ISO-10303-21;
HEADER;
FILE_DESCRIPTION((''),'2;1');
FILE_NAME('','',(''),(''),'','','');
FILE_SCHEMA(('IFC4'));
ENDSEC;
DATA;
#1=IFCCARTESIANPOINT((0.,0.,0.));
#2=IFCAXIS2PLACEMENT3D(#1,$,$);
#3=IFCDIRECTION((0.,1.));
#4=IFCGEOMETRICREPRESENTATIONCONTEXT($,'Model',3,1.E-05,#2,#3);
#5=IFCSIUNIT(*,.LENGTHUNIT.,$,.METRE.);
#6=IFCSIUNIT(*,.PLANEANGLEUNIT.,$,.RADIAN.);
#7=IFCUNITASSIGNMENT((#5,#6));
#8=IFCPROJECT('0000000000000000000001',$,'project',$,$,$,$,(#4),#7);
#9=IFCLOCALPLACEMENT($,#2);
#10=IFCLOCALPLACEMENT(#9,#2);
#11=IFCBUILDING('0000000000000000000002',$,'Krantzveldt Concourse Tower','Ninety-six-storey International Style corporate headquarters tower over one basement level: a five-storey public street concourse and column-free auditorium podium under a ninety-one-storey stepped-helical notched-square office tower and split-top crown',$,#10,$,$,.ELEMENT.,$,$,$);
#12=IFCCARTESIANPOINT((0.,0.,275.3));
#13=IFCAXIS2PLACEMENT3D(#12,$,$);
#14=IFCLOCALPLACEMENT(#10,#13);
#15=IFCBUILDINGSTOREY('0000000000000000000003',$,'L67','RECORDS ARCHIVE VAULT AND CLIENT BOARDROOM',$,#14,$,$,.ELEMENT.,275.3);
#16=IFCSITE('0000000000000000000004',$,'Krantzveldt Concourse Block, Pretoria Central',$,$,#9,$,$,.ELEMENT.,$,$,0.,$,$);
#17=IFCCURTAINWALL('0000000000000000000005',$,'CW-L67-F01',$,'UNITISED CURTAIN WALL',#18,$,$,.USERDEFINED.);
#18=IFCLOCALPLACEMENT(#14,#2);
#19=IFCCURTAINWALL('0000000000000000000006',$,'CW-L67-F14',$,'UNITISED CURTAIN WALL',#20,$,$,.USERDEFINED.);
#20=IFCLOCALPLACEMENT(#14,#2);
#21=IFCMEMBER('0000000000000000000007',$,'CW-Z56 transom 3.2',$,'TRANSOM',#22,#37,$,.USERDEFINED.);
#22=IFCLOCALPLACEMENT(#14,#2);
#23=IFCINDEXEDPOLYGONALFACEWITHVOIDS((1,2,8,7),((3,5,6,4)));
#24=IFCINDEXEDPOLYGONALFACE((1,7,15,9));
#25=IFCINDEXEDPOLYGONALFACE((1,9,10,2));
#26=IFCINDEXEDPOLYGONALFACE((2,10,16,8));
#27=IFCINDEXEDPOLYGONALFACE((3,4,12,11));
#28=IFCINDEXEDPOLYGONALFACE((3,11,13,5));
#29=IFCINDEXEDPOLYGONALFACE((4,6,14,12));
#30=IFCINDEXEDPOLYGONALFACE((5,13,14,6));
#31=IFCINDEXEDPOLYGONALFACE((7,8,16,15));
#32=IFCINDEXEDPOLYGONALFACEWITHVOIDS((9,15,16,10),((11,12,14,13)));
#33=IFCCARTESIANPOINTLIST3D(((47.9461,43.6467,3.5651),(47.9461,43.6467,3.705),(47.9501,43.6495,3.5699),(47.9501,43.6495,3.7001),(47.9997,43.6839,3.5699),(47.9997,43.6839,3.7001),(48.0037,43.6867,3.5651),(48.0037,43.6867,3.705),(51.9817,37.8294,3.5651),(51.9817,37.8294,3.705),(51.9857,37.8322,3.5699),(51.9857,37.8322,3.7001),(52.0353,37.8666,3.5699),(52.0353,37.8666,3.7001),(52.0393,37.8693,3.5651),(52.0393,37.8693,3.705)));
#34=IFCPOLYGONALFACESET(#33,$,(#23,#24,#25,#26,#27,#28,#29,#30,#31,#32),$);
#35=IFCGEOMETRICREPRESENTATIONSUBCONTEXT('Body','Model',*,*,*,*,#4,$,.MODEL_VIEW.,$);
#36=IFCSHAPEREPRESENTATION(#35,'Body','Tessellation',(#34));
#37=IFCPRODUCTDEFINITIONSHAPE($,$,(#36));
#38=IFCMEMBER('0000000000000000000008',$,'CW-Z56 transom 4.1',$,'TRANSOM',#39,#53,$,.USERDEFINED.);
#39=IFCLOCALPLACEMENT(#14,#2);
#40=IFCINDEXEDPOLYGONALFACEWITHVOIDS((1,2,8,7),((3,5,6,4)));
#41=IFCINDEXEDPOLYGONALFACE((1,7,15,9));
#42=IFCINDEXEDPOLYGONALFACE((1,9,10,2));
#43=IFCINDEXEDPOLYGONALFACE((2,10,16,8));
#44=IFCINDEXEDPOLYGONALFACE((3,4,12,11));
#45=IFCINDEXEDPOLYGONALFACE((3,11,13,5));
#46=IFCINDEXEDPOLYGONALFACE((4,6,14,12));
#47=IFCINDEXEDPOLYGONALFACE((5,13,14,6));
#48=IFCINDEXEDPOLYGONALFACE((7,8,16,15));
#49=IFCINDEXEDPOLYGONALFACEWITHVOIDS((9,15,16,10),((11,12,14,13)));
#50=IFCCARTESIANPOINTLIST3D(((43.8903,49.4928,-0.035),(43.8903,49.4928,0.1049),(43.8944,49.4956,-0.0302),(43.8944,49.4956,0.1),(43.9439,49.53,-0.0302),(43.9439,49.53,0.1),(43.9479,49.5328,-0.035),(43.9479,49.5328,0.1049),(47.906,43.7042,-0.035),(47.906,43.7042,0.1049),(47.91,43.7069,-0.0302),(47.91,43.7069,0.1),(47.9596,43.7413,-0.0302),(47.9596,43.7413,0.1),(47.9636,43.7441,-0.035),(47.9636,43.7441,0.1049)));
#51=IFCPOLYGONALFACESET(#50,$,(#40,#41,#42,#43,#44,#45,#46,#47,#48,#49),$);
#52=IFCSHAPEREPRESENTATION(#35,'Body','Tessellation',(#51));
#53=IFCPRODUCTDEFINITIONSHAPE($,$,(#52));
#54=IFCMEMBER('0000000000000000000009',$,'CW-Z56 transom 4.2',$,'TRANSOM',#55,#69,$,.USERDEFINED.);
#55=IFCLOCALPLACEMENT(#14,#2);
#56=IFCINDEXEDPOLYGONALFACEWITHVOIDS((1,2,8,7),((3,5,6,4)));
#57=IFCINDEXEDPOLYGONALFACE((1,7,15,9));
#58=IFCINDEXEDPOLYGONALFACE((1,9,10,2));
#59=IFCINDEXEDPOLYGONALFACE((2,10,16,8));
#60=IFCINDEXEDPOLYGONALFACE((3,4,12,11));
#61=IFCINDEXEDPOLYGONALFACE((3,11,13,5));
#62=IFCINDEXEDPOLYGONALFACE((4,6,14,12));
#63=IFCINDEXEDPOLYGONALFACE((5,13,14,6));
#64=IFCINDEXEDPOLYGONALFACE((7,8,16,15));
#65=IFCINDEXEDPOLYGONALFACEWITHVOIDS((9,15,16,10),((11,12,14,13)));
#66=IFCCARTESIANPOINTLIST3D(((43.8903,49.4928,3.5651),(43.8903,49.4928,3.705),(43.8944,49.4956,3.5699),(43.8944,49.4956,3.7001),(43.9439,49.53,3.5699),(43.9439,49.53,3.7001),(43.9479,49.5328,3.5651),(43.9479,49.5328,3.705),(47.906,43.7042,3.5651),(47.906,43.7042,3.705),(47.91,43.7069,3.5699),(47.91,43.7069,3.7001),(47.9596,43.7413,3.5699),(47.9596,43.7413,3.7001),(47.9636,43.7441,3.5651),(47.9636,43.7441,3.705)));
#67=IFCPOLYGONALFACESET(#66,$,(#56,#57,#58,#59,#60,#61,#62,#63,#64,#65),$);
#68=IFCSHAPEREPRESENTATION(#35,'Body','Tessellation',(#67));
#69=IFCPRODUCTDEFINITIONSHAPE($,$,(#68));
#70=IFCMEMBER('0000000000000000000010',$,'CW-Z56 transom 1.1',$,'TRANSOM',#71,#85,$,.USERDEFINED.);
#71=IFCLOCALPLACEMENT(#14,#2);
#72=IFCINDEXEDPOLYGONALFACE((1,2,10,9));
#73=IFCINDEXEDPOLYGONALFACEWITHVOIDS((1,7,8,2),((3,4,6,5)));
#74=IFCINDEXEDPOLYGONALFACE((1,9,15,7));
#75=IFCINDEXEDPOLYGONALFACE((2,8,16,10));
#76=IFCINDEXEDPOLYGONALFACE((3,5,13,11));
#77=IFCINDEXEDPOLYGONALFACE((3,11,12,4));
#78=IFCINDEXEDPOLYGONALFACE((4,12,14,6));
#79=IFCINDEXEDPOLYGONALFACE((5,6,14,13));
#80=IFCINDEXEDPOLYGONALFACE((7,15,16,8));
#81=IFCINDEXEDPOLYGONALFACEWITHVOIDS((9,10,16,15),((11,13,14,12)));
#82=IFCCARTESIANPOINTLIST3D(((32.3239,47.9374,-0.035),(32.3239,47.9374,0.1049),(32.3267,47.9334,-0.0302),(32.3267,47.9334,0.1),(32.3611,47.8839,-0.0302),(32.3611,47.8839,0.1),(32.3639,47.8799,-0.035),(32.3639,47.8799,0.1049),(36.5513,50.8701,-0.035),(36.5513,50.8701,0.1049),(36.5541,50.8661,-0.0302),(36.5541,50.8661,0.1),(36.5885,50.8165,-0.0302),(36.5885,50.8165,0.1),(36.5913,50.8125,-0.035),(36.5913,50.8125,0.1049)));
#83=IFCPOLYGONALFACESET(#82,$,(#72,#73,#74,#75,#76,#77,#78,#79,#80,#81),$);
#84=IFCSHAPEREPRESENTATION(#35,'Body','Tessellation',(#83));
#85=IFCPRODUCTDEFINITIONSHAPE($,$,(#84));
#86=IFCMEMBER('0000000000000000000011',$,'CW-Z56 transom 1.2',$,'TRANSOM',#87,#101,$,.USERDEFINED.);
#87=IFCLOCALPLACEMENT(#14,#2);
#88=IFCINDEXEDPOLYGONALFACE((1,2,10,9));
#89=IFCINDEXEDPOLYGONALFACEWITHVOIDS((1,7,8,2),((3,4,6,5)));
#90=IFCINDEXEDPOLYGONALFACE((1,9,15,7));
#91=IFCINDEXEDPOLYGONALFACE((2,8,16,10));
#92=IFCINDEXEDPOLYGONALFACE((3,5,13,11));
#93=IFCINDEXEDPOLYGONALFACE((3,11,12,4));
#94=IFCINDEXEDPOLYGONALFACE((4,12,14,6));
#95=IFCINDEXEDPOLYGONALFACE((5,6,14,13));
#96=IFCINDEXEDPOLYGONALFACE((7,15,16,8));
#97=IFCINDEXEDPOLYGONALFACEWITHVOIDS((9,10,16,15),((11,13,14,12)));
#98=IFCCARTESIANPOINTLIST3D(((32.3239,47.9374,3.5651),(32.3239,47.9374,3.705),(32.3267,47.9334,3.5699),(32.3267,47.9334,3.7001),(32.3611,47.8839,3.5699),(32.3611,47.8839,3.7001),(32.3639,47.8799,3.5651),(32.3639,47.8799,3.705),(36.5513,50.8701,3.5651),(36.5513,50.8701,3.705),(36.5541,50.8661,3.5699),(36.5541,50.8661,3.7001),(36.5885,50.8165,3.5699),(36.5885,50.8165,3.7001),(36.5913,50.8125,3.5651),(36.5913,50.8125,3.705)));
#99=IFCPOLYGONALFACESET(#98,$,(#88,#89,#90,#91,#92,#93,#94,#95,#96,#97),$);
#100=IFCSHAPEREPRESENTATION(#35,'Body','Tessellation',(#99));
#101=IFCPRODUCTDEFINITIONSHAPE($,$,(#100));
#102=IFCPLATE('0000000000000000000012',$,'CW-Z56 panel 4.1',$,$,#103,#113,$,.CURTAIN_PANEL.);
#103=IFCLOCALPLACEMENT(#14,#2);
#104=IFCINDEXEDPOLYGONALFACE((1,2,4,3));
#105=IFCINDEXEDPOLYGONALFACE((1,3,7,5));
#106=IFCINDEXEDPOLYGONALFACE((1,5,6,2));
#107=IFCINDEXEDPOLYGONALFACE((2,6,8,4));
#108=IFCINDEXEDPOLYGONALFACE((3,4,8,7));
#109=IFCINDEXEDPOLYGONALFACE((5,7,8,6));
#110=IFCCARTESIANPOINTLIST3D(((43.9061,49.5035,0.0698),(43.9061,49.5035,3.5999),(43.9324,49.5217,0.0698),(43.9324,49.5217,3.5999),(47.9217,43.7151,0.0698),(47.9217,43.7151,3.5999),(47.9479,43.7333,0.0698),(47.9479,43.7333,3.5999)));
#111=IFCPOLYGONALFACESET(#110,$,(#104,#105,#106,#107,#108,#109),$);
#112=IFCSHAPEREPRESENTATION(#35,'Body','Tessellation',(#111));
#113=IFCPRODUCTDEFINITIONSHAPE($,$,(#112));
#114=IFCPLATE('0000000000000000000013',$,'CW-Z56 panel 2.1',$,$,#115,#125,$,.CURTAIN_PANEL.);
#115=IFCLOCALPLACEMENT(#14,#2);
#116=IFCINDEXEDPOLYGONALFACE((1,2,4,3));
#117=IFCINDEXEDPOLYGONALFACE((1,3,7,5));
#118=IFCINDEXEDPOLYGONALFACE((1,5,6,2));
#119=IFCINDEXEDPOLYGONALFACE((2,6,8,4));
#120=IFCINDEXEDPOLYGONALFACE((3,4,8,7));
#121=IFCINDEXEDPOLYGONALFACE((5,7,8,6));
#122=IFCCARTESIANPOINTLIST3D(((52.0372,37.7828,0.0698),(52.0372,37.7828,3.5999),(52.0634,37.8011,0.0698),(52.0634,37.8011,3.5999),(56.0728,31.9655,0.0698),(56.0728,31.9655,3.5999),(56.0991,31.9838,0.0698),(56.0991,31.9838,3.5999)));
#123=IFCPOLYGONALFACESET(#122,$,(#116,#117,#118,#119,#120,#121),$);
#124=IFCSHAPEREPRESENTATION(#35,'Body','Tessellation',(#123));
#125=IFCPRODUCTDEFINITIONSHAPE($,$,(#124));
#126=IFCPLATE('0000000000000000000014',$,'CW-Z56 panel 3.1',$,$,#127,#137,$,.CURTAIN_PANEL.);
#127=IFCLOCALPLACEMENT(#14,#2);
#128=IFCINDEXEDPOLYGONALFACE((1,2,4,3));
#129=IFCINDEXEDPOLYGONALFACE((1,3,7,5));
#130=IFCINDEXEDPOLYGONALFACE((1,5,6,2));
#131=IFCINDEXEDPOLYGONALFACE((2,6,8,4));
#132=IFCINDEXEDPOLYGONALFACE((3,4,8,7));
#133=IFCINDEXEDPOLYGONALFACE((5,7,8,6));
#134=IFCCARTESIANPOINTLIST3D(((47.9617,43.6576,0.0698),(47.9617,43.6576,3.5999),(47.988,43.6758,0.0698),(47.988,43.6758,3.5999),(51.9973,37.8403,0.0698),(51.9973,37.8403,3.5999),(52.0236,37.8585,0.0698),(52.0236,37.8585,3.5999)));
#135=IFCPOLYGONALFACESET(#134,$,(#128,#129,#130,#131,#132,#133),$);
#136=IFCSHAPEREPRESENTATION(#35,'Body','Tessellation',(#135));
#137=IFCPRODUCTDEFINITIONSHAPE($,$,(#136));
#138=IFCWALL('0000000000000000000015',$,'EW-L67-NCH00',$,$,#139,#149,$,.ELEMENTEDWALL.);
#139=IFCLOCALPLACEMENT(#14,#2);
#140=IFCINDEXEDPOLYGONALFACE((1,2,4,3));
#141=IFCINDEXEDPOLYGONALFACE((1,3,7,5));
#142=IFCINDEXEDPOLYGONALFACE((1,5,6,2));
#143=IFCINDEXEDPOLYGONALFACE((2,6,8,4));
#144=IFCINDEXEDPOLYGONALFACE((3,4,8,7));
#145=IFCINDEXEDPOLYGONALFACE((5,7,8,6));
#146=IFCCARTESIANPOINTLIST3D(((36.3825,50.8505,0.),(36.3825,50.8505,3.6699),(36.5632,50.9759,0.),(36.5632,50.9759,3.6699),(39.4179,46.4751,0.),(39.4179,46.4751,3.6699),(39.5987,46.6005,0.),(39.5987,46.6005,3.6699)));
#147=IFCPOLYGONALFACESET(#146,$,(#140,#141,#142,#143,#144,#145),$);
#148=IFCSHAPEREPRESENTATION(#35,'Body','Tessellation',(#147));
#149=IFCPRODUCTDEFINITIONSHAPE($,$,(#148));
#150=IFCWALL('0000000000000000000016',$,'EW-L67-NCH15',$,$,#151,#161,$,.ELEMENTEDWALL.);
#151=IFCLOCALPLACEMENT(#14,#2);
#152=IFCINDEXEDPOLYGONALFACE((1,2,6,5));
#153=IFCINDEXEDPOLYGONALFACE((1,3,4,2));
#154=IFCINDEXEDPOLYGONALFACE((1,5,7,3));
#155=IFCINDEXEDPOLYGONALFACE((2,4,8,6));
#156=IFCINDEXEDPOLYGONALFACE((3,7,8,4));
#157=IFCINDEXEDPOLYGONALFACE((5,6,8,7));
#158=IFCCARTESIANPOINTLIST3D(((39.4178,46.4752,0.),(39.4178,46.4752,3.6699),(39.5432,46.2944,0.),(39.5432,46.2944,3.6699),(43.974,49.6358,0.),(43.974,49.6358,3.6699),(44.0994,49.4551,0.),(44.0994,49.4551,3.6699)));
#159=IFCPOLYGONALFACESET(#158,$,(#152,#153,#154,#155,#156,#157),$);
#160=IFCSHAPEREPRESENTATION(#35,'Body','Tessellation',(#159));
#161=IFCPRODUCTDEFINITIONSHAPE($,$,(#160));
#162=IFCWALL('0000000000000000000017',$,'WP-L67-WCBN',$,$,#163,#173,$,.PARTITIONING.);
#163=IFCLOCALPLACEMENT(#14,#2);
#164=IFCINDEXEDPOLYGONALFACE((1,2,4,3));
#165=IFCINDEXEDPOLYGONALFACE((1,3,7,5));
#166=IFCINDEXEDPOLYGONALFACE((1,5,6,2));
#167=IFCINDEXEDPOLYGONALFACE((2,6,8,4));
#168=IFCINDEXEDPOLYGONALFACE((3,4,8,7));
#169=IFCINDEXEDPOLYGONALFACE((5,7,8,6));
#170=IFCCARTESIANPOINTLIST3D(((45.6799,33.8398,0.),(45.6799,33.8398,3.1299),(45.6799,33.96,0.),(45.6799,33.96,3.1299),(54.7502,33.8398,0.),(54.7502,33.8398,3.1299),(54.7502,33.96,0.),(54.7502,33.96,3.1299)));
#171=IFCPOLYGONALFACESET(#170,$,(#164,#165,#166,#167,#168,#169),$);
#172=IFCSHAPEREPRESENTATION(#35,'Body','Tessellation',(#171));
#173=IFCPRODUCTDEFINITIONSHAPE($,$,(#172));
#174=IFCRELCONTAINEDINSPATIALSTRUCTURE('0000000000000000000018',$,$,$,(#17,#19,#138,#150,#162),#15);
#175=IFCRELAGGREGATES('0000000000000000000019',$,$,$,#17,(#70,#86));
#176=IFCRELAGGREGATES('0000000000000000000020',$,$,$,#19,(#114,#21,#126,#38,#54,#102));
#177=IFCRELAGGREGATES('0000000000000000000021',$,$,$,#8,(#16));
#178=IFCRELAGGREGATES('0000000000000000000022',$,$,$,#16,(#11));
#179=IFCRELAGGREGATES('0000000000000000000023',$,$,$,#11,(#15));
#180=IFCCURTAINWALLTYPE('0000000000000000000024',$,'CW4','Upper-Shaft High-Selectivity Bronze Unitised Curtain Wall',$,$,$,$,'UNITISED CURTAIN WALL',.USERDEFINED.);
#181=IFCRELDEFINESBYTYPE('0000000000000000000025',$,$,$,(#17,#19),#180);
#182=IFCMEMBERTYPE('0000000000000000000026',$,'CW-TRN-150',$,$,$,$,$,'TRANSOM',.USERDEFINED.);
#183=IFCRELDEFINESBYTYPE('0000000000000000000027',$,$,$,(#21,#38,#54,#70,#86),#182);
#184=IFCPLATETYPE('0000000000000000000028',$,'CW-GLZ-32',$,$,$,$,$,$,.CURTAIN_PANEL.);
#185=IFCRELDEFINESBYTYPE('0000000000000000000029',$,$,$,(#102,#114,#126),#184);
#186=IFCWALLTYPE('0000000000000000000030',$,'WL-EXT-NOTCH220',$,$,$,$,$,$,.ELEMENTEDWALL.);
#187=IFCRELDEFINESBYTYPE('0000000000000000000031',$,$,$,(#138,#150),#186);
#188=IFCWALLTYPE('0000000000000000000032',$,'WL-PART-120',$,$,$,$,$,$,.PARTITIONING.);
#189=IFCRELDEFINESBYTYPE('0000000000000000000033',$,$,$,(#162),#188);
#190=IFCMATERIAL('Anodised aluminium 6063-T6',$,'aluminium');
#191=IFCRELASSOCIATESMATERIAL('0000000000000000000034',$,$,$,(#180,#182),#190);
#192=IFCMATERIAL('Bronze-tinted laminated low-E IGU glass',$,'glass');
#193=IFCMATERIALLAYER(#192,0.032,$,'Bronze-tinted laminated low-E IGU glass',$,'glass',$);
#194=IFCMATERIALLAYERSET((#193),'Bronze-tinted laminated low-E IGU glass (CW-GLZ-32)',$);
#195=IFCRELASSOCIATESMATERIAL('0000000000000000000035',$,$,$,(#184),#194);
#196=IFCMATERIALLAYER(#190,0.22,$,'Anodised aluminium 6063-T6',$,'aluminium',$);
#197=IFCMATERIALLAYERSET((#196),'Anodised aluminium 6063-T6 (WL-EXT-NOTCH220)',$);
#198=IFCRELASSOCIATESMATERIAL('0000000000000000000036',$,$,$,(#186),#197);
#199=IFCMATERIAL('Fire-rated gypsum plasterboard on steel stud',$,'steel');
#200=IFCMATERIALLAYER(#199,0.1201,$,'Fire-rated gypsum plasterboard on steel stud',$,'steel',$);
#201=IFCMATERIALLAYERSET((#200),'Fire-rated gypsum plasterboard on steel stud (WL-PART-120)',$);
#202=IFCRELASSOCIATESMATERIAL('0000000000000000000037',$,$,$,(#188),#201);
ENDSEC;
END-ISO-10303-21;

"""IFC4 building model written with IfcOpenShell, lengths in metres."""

from ifc_helpers import new_model, si_unit, direction, frame, frame_2d, origin, origin_2d, place, context, subcontext, project, spatial, rectangle, hollow_rectangle, extrude, source, transform, mapped, material, layer, layer_set, material_profile, profile_set, type_object, type_shapes, element, aggregate, save


model = new_model("IFC4")

# Units and contexts
model_context = context("Model", 3, precision=1e-05, world=origin(), true_north=direction((0.0, 1.0)))
body_context = subcontext(model_context, "Body", "Model", "MODEL_VIEW")
ifc_project = project(units=[si_unit("LENGTHUNIT", "METRE"), si_unit("PLANEANGLEUNIT", "RADIAN")], contexts=[model_context])

# Site, building, storey
site_placement = place(None, origin())
site = spatial("IfcSite", under=ifc_project, at=site_placement, Name="Krantzveldt Concourse Block, Pretoria Central", CompositionType="ELEMENT", RefElevation=0.0)
building_placement = place(site_placement, origin())
building = spatial("IfcBuilding", under=site, at=building_placement, Name="Krantzveldt Concourse Tower", Description="Ninety-six-storey International Style corporate headquarters tower over one basement level: a five-storey public street concourse and column-free auditorium podium under a ninety-one-storey stepped-helical notched-square office tower and split-top crown", CompositionType="ELEMENT")
storey_placement = place(building_placement, frame((0.0, 0.0, 275.3)))
storey = spatial("IfcBuildingStorey", under=building, at=storey_placement, Name="L67", Description="RECORDS ARCHIVE VAULT AND CLIENT BOARDROOM", CompositionType="ELEMENT", Elevation=275.3)

# Curtain wall
ifc_material_1 = material(Name="Anodised aluminium 6063-T6", Category="aluminium")
curtain_wall_type = type_object("IfcCurtainWallType", Name="CW4", Description="Upper-Shaft High-Selectivity Bronze Unitised Curtain Wall", ElementType="UNITISED CURTAIN WALL", PredefinedType="USERDEFINED", material=ifc_material_1)
curtain_wall_1_placement = place(storey_placement, origin())
curtain_wall_1 = element("IfcCurtainWall", 1, at=curtain_wall_1_placement, inside=storey, type_object=curtain_wall_type, Name="CW-L67-F01", ObjectType="UNITISED CURTAIN WALL", PredefinedType="USERDEFINED")

# Curtain wall, members
curtain_wall_2_placement = place(storey_placement, origin())
curtain_wall_2 = element("IfcCurtainWall", 2, at=curtain_wall_2_placement, inside=storey, type_object=curtain_wall_type, Name="CW-L67-F14", ObjectType="UNITISED CURTAIN WALL", PredefinedType="USERDEFINED")
ifc_material_profile_1 = material_profile(ifc_material_1, hollow_rectangle(XDim=0.0701, YDim=0.1399, WallThickness=0.0049, at=origin_2d()), Name="Anodised aluminium 6063-T6", Category="aluminium")
ifc_profile_set_1 = profile_set([ifc_material_profile_1], Name="Anodised aluminium 6063-T6 - ALU-TRAN 140x70x5")
member_type_1 = type_object("IfcMemberType", Name="CW-TRN-150", ElementType="TRANSOM", PredefinedType="USERDEFINED", material=ifc_profile_set_1)
shared_shape_1 = source(origin(), body_context, "Body", "SweptSolid", [
    extrude(hollow_rectangle(XDim=0.0701, YDim=0.1399, WallThickness=0.0049, at=origin_2d()), origin(), (0.0, 0.0, 1.0), 7.0801),
])
member_1_placement = place(storey_placement, frame((52.0105, 37.8494, 3.635), z_axis=(-0.569995, 0.821648, 0.0), x_axis=(-0.821648, -0.569995, 0.0)))
member_1 = element("IfcMember", 3, at=member_1_placement, type_object=member_type_1, Name="CW-Z56 transom 3.2", ObjectType="TRANSOM", PredefinedType="USERDEFINED", context=body_context, shape_type="MappedRepresentation", body=[
    mapped(shared_shape_1, transform((0.0, 0.0, 0.0), x_axis=(1.0, 0.0, 0.0), y_axis=(0.0, 1.0, 0.0), z_axis=(0.0, 0.0, 1.0), scale=1.0)),
])
shared_shape_2 = source(origin(), body_context, "Body", "SweptSolid", [
    extrude(hollow_rectangle(XDim=0.0701, YDim=0.1399, WallThickness=0.0049, at=origin_2d()), origin(), (0.0, 0.0, 1.0), 7.0452),
])
member_2_placement = place(storey_placement, frame((47.9348, 43.7241, 0.0349), z_axis=(-0.569992, 0.82165, 0.0), x_axis=(-0.82165, -0.569992, 0.0)))
member_2 = element("IfcMember", 4, at=member_2_placement, type_object=member_type_1, Name="CW-Z56 transom 4.1", ObjectType="TRANSOM", PredefinedType="USERDEFINED", context=body_context, shape_type="MappedRepresentation", body=[
    mapped(shared_shape_2, transform((0.0, 0.0, 0.0), x_axis=(1.0, 0.0, 0.0), y_axis=(0.0, 1.0, 0.0), z_axis=(0.0, 0.0, 1.0), scale=1.0)),
])
member_3_placement = place(storey_placement, frame((47.9348, 43.7241, 3.635), z_axis=(-0.569992, 0.82165, 0.0), x_axis=(-0.82165, -0.569992, 0.0)))
member_3 = element("IfcMember", 5, at=member_3_placement, type_object=member_type_1, Name="CW-Z56 transom 4.2", ObjectType="TRANSOM", PredefinedType="USERDEFINED", context=body_context, shape_type="MappedRepresentation", body=[
    mapped(shared_shape_2, transform((0.0, 0.0, 0.0), x_axis=(1.0, 0.0, 0.0), y_axis=(0.0, 1.0, 0.0), z_axis=(0.0, 0.0, 1.0), scale=1.0)),
])

# Members
shared_shape_3 = source(origin(), body_context, "Body", "SweptSolid", [
    extrude(hollow_rectangle(XDim=0.0701, YDim=0.1399, WallThickness=0.0049, at=origin_2d()), origin(), (0.0, 0.0, 1.0), 5.145),
])
type_shapes(member_type_1, [shared_shape_1, shared_shape_2, shared_shape_3])
member_4_placement = place(storey_placement, frame((36.5713, 50.8413, 0.0349), z_axis=(-0.821643, -0.570002, 0.0), x_axis=(0.570002, -0.821643, 0.0)))
member_4 = element("IfcMember", 6, at=member_4_placement, type_object=member_type_1, Name="CW-Z56 transom 1.1", ObjectType="TRANSOM", PredefinedType="USERDEFINED", context=body_context, shape_type="MappedRepresentation", body=[
    mapped(shared_shape_3, transform((0.0, 0.0, 0.0), x_axis=(1.0, 0.0, 0.0), y_axis=(0.0, 1.0, 0.0), z_axis=(0.0, 0.0, 1.0), scale=1.0)),
])
member_5_placement = place(storey_placement, frame((36.5713, 50.8413, 3.635), z_axis=(-0.821643, -0.570002, 0.0), x_axis=(0.570002, -0.821643, 0.0)))
member_5 = element("IfcMember", 7, at=member_5_placement, type_object=member_type_1, Name="CW-Z56 transom 1.2", ObjectType="TRANSOM", PredefinedType="USERDEFINED", context=body_context, shape_type="MappedRepresentation", body=[
    mapped(shared_shape_3, transform((0.0, 0.0, 0.0), x_axis=(1.0, 0.0, 0.0), y_axis=(0.0, 1.0, 0.0), z_axis=(0.0, 0.0, 1.0), scale=1.0)),
])
aggregate(curtain_wall_1, [member_4, member_5])

# Plates
ifc_material_2 = material(Name="Bronze-tinted laminated low-E IGU glass", Category="glass")
ifc_layer_1 = layer(ifc_material_2, 0.032, Name="Bronze-tinted laminated low-E IGU glass", Category="glass")
ifc_layer_set_1 = layer_set([ifc_layer_1], Name="Bronze-tinted laminated low-E IGU glass (CW-GLZ-32)")
plate_type = type_object("IfcPlateType", Name="CW-GLZ-32", PredefinedType="CURTAIN_PANEL", material=ifc_layer_set_1)
shared_shape_4 = source(origin(), body_context, "Body", "SweptSolid", [
    extrude(rectangle(XDim=7.0449, YDim=0.032, at=origin_2d()), origin(), (0.0, 0.0, 1.0), 3.53),
])
plate_1_placement = place(storey_placement, frame((45.927, 46.6184, 0.0698), z_axis=(0.0, 0.0, 1.0), x_axis=(-0.569997, 0.821647, 0.0)))
plate_1 = element("IfcPlate", 8, at=plate_1_placement, type_object=plate_type, Name="CW-Z56 panel 4.1", PredefinedType="CURTAIN_PANEL", context=body_context, shape_type="MappedRepresentation", body=[
    mapped(shared_shape_4, transform((0.0, 0.0, 0.0), x_axis=(1.0, 0.0, 0.0), y_axis=(0.0, 1.0, 0.0), z_axis=(0.0, 0.0, 1.0), scale=1.0)),
])
shared_shape_5 = source(origin(), body_context, "Body", "SweptSolid", [
    extrude(rectangle(XDim=7.0801, YDim=0.032, at=origin_2d()), origin(), (0.0, 0.0, 1.0), 3.53),
])
type_shapes(plate_type, [shared_shape_4, shared_shape_5])
plate_2_placement = place(storey_placement, frame((54.0681, 34.8833, 0.0698), z_axis=(0.0, 0.0, 1.0), x_axis=(-0.569997, 0.821647, 0.0)))
plate_2 = element("IfcPlate", 9, at=plate_2_placement, type_object=plate_type, Name="CW-Z56 panel 2.1", PredefinedType="CURTAIN_PANEL", context=body_context, shape_type="MappedRepresentation", body=[
    mapped(shared_shape_5, transform((0.0, 0.0, 0.0), x_axis=(1.0, 0.0, 0.0), y_axis=(0.0, 1.0, 0.0), z_axis=(0.0, 0.0, 1.0), scale=1.0)),
])
plate_3_placement = place(storey_placement, frame((49.9927, 40.7581, 0.0698), z_axis=(0.0, 0.0, 1.0), x_axis=(-0.569997, 0.821647, 0.0)))
plate_3 = element("IfcPlate", 10, at=plate_3_placement, type_object=plate_type, Name="CW-Z56 panel 3.1", PredefinedType="CURTAIN_PANEL", context=body_context, shape_type="MappedRepresentation", body=[
    mapped(shared_shape_5, transform((0.0, 0.0, 0.0), x_axis=(1.0, 0.0, 0.0), y_axis=(0.0, 1.0, 0.0), z_axis=(0.0, 0.0, 1.0), scale=1.0)),
])
aggregate(curtain_wall_2, [plate_2, member_1, plate_3, member_2, member_3, plate_1])

# Walls
ifc_layer_2 = layer(ifc_material_1, 0.22, Name="Anodised aluminium 6063-T6", Category="aluminium")
ifc_layer_set_2 = layer_set([ifc_layer_2], Name="Anodised aluminium 6063-T6 (WL-EXT-NOTCH220)")
wall_type_1 = type_object("IfcWallType", Name="WL-EXT-NOTCH220", PredefinedType="ELEMENTEDWALL", material=ifc_layer_set_2)
wall_1_placement = place(storey_placement, frame((39.5083, 46.5378, 0.0), z_axis=(0.0, 0.0, 1.0), x_axis=(-0.57002, 0.821631, 0.0)))
element("IfcWall", 11, at=wall_1_placement, inside=storey, type_object=wall_type_1, Name="EW-L67-NCH00", PredefinedType="ELEMENTEDWALL", context=body_context, shape_type="SweptSolid", body=[
    extrude(rectangle(XDim=5.3252, YDim=0.22, at=frame_2d((2.6626, 0.0))), origin(), (0.0, 0.0, 1.0), 3.6699),
])
wall_2_placement = place(storey_placement, frame((44.0366, 49.5454, 0.0), z_axis=(0.0, 0.0, 1.0), x_axis=(-0.821653, -0.569988, 0.0)))
element("IfcWall", 12, at=wall_2_placement, inside=storey, type_object=wall_type_1, Name="EW-L67-NCH15", PredefinedType="ELEMENTEDWALL", context=body_context, shape_type="SweptSolid", body=[
    extrude(rectangle(XDim=5.5452, YDim=0.22, at=frame_2d((2.7725, 0.0))), origin(), (0.0, 0.0, 1.0), 3.6699),
])
ifc_material_3 = material(Name="Fire-rated gypsum plasterboard on steel stud", Category="steel")
ifc_layer_3 = layer(ifc_material_3, 0.1201, Name="Fire-rated gypsum plasterboard on steel stud", Category="steel")
ifc_layer_set_3 = layer_set([ifc_layer_3], Name="Fire-rated gypsum plasterboard on steel stud (WL-PART-120)")
wall_type_2 = type_object("IfcWallType", Name="WL-PART-120", PredefinedType="PARTITIONING", material=ifc_layer_set_3)
wall_3_placement = place(storey_placement, frame((45.6799, 33.8999, 0.0), z_axis=(0.0, 0.0, 1.0), x_axis=(1.0, 0.0, 0.0)))
element("IfcWall", 13, at=wall_3_placement, inside=storey, type_object=wall_type_2, Name="WP-L67-WCBN", PredefinedType="PARTITIONING", context=body_context, shape_type="SweptSolid", body=[
    extrude(rectangle(XDim=9.0703, YDim=0.1201, at=frame_2d((4.5352, 0.0))), origin(), (0.0, 0.0, 1.0), 3.1299),
])

save(model, "model.ifc")
